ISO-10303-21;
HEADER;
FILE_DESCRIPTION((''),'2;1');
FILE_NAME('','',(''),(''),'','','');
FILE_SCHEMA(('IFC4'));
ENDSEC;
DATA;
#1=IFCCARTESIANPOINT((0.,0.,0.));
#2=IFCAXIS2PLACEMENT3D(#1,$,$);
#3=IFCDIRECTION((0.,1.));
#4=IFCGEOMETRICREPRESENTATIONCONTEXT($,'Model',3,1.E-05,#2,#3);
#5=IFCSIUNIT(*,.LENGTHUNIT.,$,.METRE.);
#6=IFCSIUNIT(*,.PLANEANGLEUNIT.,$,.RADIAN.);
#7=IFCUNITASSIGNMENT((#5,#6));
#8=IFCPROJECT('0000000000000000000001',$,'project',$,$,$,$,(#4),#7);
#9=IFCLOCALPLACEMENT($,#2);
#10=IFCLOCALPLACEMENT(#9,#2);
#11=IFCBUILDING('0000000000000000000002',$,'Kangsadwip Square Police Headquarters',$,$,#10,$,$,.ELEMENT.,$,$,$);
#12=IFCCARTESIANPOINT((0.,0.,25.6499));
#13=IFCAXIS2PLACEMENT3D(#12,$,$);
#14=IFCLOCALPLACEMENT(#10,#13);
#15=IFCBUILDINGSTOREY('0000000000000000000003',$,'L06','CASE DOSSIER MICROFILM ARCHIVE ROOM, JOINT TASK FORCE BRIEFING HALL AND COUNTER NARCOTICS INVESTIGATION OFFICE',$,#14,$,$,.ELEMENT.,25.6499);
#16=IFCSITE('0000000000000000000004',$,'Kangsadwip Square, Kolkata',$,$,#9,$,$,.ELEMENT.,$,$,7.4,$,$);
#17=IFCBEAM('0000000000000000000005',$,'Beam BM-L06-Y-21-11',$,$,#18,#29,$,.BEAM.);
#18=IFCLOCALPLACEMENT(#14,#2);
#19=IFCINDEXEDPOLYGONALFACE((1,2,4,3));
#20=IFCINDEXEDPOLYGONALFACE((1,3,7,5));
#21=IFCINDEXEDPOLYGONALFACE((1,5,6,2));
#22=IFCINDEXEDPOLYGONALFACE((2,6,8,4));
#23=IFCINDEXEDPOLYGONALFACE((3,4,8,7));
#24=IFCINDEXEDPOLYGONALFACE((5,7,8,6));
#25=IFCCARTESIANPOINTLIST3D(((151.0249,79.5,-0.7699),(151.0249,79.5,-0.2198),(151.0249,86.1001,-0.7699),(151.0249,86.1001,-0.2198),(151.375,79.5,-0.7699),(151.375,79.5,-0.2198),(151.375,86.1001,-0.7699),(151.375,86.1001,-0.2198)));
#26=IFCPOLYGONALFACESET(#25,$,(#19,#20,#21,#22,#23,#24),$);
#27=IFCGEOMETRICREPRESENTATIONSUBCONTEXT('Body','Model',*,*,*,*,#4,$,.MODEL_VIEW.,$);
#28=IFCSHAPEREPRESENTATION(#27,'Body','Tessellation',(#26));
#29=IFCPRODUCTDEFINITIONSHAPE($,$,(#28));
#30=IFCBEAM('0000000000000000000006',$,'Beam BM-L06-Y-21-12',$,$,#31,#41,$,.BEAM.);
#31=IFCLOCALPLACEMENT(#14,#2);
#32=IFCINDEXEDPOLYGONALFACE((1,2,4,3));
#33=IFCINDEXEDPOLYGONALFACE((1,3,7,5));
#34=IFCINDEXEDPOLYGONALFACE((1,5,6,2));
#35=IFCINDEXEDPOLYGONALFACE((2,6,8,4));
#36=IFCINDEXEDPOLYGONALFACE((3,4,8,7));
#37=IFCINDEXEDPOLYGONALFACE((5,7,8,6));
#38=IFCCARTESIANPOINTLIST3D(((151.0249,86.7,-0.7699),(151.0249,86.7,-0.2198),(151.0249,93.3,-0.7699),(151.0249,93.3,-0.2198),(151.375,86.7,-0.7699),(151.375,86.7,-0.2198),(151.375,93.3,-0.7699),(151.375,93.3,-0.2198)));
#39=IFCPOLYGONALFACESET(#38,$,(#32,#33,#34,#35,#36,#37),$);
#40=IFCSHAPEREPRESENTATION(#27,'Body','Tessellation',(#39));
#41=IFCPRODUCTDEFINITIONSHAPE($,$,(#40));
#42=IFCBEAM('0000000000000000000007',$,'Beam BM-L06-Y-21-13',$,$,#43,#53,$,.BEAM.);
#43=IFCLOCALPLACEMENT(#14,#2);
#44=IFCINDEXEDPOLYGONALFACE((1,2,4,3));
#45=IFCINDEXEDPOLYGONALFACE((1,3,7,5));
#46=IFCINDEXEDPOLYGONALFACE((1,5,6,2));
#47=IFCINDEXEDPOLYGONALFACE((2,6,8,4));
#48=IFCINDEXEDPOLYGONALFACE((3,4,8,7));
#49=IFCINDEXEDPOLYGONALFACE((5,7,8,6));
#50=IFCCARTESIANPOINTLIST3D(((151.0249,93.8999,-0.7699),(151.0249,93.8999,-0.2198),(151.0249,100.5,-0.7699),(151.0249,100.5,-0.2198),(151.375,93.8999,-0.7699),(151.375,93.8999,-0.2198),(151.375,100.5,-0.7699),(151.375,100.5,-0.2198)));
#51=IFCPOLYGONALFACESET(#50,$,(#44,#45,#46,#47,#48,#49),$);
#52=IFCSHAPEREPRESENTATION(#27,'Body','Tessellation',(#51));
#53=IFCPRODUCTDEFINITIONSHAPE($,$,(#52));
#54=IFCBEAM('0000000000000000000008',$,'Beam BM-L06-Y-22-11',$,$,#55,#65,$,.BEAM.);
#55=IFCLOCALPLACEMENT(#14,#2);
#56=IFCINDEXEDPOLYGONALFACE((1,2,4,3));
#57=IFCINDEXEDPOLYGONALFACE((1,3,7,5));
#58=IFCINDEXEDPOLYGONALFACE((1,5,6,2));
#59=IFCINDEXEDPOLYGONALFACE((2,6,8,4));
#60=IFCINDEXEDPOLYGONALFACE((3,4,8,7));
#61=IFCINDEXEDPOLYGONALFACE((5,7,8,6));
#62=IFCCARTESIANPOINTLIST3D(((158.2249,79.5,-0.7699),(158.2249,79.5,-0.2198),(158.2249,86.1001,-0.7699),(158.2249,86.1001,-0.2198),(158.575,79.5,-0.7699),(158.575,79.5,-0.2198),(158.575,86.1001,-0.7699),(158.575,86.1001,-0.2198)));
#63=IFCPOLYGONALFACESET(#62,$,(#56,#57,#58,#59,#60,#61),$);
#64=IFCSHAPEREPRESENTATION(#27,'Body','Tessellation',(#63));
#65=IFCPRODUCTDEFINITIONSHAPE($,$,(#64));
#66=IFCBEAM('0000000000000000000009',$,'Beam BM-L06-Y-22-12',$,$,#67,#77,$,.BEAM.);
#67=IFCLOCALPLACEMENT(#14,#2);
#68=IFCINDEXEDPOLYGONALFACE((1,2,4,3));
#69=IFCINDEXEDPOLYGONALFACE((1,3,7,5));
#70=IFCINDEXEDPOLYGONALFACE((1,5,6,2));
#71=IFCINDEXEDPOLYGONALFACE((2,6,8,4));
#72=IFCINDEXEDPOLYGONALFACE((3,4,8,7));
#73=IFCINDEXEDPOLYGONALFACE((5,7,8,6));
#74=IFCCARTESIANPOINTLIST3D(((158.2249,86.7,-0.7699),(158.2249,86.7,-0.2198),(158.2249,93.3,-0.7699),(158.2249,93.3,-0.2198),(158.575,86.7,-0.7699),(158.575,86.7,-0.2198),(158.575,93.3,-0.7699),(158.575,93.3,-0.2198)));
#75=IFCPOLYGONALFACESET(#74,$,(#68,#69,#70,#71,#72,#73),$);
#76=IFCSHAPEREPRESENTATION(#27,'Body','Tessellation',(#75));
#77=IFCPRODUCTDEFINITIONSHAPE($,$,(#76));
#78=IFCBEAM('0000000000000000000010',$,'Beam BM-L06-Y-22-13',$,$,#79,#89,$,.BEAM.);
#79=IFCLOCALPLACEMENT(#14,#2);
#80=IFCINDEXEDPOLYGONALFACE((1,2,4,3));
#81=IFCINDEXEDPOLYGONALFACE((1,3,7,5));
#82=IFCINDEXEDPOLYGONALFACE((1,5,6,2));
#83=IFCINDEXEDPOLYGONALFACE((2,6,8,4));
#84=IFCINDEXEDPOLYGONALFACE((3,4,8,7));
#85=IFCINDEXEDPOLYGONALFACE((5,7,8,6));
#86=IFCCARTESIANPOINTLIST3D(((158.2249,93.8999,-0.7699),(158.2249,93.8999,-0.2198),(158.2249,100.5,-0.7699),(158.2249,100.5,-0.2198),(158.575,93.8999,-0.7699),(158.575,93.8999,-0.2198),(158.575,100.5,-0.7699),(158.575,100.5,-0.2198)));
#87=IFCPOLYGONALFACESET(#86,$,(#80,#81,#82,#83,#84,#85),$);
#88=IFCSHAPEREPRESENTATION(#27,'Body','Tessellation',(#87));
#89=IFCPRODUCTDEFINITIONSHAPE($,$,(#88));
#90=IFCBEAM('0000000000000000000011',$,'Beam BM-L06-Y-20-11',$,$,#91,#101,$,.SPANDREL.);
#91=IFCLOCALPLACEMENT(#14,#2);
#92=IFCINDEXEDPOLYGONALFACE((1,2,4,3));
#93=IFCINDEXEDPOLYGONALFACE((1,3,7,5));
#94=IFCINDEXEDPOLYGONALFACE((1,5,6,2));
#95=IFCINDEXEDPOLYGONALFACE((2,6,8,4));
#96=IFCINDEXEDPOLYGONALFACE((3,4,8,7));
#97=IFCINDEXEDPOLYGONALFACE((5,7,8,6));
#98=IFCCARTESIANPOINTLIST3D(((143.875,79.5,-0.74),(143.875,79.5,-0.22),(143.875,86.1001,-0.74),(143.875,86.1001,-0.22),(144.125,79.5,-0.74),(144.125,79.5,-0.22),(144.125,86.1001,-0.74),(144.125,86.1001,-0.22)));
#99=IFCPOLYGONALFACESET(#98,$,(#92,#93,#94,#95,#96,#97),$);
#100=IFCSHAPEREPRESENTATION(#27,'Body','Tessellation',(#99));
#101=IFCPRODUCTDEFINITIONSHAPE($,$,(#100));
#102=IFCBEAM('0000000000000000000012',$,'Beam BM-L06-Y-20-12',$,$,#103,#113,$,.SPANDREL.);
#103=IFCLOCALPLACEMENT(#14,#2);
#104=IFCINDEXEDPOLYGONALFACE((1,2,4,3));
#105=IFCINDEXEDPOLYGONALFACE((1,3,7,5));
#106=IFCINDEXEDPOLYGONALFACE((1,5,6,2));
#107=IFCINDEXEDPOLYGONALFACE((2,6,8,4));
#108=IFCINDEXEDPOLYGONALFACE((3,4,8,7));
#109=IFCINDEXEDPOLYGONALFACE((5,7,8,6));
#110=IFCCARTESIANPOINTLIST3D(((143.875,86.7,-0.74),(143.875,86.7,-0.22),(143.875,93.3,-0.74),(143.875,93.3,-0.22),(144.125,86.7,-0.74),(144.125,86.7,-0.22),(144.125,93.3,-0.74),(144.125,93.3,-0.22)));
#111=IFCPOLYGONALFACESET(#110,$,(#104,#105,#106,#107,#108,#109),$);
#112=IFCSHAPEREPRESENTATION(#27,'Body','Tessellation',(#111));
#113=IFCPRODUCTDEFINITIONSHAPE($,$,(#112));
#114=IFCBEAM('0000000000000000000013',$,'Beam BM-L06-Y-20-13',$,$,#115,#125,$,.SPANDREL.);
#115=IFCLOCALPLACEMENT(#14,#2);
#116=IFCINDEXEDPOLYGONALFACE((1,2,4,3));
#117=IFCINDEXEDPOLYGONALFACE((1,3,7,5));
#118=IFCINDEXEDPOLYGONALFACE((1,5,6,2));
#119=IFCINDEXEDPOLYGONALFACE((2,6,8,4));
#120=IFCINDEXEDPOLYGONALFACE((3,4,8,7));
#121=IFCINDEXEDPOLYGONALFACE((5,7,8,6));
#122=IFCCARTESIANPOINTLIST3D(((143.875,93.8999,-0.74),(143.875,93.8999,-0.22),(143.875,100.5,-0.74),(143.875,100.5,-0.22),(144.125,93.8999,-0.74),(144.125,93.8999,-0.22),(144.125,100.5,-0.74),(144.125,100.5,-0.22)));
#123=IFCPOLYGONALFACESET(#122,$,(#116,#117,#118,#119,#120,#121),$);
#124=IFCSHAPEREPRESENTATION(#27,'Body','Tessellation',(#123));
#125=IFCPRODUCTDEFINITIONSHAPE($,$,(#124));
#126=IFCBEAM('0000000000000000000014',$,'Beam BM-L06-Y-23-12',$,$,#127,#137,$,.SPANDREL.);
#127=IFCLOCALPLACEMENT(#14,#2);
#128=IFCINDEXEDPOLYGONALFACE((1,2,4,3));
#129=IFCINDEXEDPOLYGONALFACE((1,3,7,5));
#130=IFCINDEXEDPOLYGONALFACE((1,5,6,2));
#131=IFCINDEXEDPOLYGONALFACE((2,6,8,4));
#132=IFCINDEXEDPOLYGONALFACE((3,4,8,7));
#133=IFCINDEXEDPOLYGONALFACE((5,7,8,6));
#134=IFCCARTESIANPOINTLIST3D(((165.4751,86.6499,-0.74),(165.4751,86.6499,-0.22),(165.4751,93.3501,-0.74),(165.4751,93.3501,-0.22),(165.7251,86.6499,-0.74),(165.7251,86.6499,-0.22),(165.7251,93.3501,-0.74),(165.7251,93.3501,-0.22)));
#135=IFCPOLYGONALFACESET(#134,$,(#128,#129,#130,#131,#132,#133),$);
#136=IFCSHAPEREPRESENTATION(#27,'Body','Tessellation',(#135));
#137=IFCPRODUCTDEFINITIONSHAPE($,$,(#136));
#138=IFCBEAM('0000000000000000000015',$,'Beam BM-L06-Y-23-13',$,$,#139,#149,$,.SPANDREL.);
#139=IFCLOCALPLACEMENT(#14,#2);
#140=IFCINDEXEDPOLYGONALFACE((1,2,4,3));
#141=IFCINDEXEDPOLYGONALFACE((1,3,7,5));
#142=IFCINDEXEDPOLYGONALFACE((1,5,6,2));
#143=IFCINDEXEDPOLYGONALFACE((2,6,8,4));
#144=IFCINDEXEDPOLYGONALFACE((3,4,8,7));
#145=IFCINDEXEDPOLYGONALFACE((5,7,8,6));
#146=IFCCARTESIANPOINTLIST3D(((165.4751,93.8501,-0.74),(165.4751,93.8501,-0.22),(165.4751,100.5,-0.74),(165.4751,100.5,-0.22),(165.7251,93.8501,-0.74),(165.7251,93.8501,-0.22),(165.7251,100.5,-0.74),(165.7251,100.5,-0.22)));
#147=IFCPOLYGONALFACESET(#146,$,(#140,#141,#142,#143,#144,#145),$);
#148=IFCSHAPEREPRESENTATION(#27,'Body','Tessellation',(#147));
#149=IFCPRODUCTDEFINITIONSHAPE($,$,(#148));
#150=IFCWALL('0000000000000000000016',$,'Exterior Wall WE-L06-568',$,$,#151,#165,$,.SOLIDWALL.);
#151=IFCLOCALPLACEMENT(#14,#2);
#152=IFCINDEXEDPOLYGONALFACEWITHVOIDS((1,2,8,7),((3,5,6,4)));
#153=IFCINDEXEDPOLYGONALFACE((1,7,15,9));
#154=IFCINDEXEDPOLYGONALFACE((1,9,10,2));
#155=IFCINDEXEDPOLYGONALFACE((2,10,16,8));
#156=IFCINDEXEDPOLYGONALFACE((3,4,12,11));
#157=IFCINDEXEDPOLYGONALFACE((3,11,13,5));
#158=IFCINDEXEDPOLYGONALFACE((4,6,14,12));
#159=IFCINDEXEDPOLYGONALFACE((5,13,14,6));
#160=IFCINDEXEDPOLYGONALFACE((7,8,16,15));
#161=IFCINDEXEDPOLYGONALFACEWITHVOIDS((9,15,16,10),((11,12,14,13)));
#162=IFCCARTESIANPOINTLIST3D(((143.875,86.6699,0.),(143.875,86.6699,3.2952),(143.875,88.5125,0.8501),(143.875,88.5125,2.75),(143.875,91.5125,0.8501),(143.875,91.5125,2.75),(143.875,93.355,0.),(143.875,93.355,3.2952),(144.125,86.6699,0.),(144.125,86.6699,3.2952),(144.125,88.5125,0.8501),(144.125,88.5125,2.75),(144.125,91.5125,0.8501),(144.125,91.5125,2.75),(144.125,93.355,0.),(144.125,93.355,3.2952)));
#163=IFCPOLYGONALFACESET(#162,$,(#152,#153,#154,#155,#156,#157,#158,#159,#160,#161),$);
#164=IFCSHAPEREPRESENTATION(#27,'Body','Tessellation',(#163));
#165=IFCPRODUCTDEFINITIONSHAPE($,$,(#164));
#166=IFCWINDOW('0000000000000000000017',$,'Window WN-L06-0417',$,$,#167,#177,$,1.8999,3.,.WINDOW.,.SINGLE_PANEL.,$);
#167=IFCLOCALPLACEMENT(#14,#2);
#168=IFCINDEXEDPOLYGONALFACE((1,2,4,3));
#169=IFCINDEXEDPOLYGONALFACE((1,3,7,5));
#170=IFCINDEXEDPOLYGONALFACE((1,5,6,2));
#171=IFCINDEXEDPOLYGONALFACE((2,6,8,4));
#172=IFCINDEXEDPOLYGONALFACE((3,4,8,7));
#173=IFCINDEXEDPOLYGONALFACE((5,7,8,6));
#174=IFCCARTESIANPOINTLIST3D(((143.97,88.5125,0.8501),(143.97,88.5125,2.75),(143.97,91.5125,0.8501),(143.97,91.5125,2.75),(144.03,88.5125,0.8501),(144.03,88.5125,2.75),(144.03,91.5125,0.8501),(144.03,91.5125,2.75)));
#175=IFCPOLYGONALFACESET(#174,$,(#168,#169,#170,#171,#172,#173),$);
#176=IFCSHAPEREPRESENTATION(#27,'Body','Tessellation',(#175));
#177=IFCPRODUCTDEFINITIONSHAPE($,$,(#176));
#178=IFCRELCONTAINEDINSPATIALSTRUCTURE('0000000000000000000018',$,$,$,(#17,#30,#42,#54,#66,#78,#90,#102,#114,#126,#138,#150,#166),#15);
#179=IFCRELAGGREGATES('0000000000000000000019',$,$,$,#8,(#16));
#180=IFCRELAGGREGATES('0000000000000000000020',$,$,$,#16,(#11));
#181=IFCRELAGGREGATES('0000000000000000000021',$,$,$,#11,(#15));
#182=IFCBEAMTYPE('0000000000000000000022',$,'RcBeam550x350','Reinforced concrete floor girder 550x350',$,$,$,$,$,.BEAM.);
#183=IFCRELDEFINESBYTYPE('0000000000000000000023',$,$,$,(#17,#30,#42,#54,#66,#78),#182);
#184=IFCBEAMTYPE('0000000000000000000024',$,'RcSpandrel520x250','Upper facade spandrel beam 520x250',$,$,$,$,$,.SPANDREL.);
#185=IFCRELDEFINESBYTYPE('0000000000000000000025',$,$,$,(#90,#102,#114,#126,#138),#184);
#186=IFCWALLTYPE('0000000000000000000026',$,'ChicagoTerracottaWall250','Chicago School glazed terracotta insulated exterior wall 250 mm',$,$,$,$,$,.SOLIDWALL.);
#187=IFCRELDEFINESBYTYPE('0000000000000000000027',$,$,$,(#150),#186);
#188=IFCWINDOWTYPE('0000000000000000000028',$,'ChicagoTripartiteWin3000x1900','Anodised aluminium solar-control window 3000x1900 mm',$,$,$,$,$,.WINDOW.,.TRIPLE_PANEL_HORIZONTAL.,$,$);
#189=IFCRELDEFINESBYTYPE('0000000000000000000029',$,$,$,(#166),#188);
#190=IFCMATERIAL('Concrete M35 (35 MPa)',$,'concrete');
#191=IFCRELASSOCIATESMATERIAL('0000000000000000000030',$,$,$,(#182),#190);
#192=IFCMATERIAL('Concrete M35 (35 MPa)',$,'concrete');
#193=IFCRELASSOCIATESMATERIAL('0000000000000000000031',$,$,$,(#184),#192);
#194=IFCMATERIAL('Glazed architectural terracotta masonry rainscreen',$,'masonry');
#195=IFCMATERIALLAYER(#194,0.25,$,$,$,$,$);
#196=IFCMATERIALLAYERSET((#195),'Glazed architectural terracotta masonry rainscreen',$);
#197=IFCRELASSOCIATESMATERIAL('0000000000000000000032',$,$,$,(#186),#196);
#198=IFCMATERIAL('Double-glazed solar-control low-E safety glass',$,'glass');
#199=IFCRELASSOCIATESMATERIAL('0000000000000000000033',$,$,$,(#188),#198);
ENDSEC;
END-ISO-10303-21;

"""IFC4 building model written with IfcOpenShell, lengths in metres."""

from ifc_helpers import new_model, si_unit, direction, frame, frame_2d, origin, origin_2d, place, context, subcontext, project, spatial, rectangle, extrude, material, layer, layer_set, material_profile, profile_set, type_object, element, fill, save


model = new_model("IFC4")

# Units and contexts
model_context = context("Model", 3, precision=1e-05, world=origin(), true_north=direction((0.0, 1.0)))
body_context = subcontext(model_context, "Body", "Model", "MODEL_VIEW")
ifc_project = project(units=[si_unit("LENGTHUNIT", "METRE"), si_unit("PLANEANGLEUNIT", "RADIAN")], contexts=[model_context])

# Site, building, storey
site_placement = place(None, origin())
site = spatial("IfcSite", under=ifc_project, at=site_placement, Name="Kangsadwip Square, Kolkata", CompositionType="ELEMENT", RefElevation=7.4)
building_placement = place(site_placement, origin())
building = spatial("IfcBuilding", under=site, at=building_placement, Name="Kangsadwip Square Police Headquarters", CompositionType="ELEMENT")
storey_placement = place(building_placement, frame((0.0, 0.0, 25.6499)))
storey = spatial("IfcBuildingStorey", under=building, at=storey_placement, Name="L06", Description="CASE DOSSIER MICROFILM ARCHIVE ROOM, JOINT TASK FORCE BRIEFING HALL AND COUNTER NARCOTICS INVESTIGATION OFFICE", CompositionType="ELEMENT", Elevation=25.6499)

# Beams
ifc_material_1 = material(Name="Concrete M35 (35 MPa)", Category="concrete")
ifc_material_profile_1 = material_profile(ifc_material_1, rectangle(XDim=0.3501, YDim=0.55, at=origin_2d()), Name="RC BM 550X350")
ifc_profile_set_1 = profile_set([ifc_material_profile_1], Name="Concrete M35 (35 MPa)")
beam_type_1 = type_object("IfcBeamType", Name="RcBeam550x350", Description="Reinforced concrete floor girder 550x350", PredefinedType="BEAM", material=ifc_profile_set_1)
for number, where, z_axis, x_axis, name in (
    (1, (151.2, 79.5, -0.4949), (0.0, 1.0, 0.0), (-1.0, 0.0, 0.0), "Beam BM-L06-Y-21-11"),
    (2, (151.2, 86.7, -0.4949), (0.0, 1.0, 0.0), (-1.0, 0.0, 0.0), "Beam BM-L06-Y-21-12"),
    (3, (151.2, 93.8999, -0.4949), (0.0, 1.0, 0.0), (-1.0, 0.0, 0.0), "Beam BM-L06-Y-21-13"),
    (4, (158.3999, 79.5, -0.4949), (0.0, 1.0, 0.0), (-1.0, 0.0, 0.0), "Beam BM-L06-Y-22-11"),
    (5, (158.3999, 86.7, -0.4949), (0.0, 1.0, 0.0), (-1.0, 0.0, 0.0), "Beam BM-L06-Y-22-12"),
    (6, (158.3999, 93.8999, -0.4949), (0.0, 1.0, 0.0), (-1.0, 0.0, 0.0), "Beam BM-L06-Y-22-13"),
):
    element("IfcBeam", number, at=place(storey_placement, frame(where, z_axis=z_axis, x_axis=x_axis)), inside=storey, type_object=beam_type_1, Name=name, PredefinedType="BEAM", context=body_context, shape_type="SweptSolid", body=[
        extrude(rectangle(XDim=0.3501, YDim=0.55, at=origin_2d()), origin(), (0.0, 0.0, 1.0), 6.6001),
    ])
ifc_material_2 = material(Name="Concrete M35 (35 MPa)", Category="concrete")
ifc_material_profile_2 = material_profile(ifc_material_2, rectangle(XDim=0.25, YDim=0.52, at=origin_2d()), Name="RC SPN 520X250")
ifc_profile_set_2 = profile_set([ifc_material_profile_2], Name="Concrete M35 (35 MPa)")
beam_type_2 = type_object("IfcBeamType", Name="RcSpandrel520x250", Description="Upper facade spandrel beam 520x250", PredefinedType="SPANDREL", material=ifc_profile_set_2)
for number, where, z_axis, x_axis, name in (
    (7, (144.0, 79.5, -0.48), (0.0, 1.0, 0.0), (-1.0, 0.0, 0.0), "Beam BM-L06-Y-20-11"),
    (8, (144.0, 86.7, -0.48), (0.0, 1.0, 0.0), (-1.0, 0.0, 0.0), "Beam BM-L06-Y-20-12"),
    (9, (144.0, 93.8999, -0.48), (0.0, 1.0, 0.0), (-1.0, 0.0, 0.0), "Beam BM-L06-Y-20-13"),
):
    element("IfcBeam", number, at=place(storey_placement, frame(where, z_axis=z_axis, x_axis=x_axis)), inside=storey, type_object=beam_type_2, Name=name, PredefinedType="SPANDREL", context=body_context, shape_type="SweptSolid", body=[
        extrude(rectangle(XDim=0.25, YDim=0.52, at=origin_2d()), origin(), (0.0, 0.0, 1.0), 6.6001),
    ])
beam_1_placement = place(storey_placement, frame((165.6001, 86.6499, -0.48), z_axis=(0.0, 1.0, 0.0), x_axis=(-1.0, 0.0, 0.0)))
element("IfcBeam", 10, at=beam_1_placement, inside=storey, type_object=beam_type_2, Name="Beam BM-L06-Y-23-12", PredefinedType="SPANDREL", context=body_context, shape_type="SweptSolid", body=[
    extrude(rectangle(XDim=0.25, YDim=0.52, at=origin_2d()), origin(), (0.0, 0.0, 1.0), 6.7002),
])
beam_2_placement = place(storey_placement, frame((165.6001, 93.8501, -0.48), z_axis=(0.0, 1.0, 0.0), x_axis=(-1.0, 0.0, 0.0)))
element("IfcBeam", 11, at=beam_2_placement, inside=storey, type_object=beam_type_2, Name="Beam BM-L06-Y-23-13", PredefinedType="SPANDREL", context=body_context, shape_type="SweptSolid", body=[
    extrude(rectangle(XDim=0.25, YDim=0.52, at=origin_2d()), origin(), (0.0, 0.0, 1.0), 6.6499),
])

# Wall, opening, window
ifc_material_3 = material(Name="Glazed architectural terracotta masonry rainscreen", Category="masonry")
ifc_layer_1 = layer(ifc_material_3, 0.25)
ifc_layer_set_1 = layer_set([ifc_layer_1], Name="Glazed architectural terracotta masonry rainscreen")
wall_type = type_object("IfcWallType", Name="ChicagoTerracottaWall250", Description="Chicago School glazed terracotta insulated exterior wall 250 mm", PredefinedType="SOLIDWALL", material=ifc_layer_set_1)
wall_1_placement = place(storey_placement, frame((144.0, 86.6699, 0.0), z_axis=(0.0, 0.0, 1.0), x_axis=(0.0, 1.0, 0.0)))
wall_1 = element("IfcWall", 12, at=wall_1_placement, inside=storey, type_object=wall_type, Name="Exterior Wall WE-L06-568", PredefinedType="SOLIDWALL", context=body_context, shape_type="SweptSolid", body=[
    extrude(rectangle(XDim=6.6851, YDim=0.25, at=frame_2d((3.3425, 0.0))), origin(), (0.0, 0.0, 1.0), 3.2952),
])
opening_1_placement = place(wall_1_placement, frame((1.8425, 0.0, 0.8501)))
opening_1 = element("IfcOpeningElement", 13, at=opening_1_placement, cuts=wall_1, PredefinedType="OPENING", context=body_context, shape_type="SweptSolid", body=[
    extrude(rectangle(XDim=3.0, YDim=1.8999, at=frame_2d((1.5, 0.95))), frame((0.0, 0.135, 0.0), z_axis=(0.0, -1.0, 0.0), x_axis=(1.0, 0.0, 0.0)), (0.0, 0.0, 1.0), 0.27),
])
ifc_material_4 = material(Name="Double-glazed solar-control low-E safety glass", Category="glass")
window_type_1 = type_object("IfcWindowType", Name="ChicagoTripartiteWin3000x1900", Description="Anodised aluminium solar-control window 3000x1900 mm", PartitioningType="TRIPLE_PANEL_HORIZONTAL", PredefinedType="WINDOW", material=ifc_material_4)
window_1_placement = place(opening_1_placement, origin())
window_1 = element("IfcWindow", 14, at=window_1_placement, inside=storey, type_object=window_type_1, Name="Window WN-L06-0417", OverallHeight=1.8999, OverallWidth=3.0, PartitioningType="SINGLE_PANEL", PredefinedType="WINDOW", context=body_context, shape_type="SweptSolid", body=[
    extrude(rectangle(XDim=3.0, YDim=1.8999, at=frame_2d((1.5, 0.95))), frame((0.0, 0.03, 0.0), z_axis=(0.0, -1.0, 0.0), x_axis=(1.0, 0.0, 0.0)), (0.0, 0.0, 1.0), 0.0601),
])
fill(opening_1, window_1)

save(model, "model.ifc")
